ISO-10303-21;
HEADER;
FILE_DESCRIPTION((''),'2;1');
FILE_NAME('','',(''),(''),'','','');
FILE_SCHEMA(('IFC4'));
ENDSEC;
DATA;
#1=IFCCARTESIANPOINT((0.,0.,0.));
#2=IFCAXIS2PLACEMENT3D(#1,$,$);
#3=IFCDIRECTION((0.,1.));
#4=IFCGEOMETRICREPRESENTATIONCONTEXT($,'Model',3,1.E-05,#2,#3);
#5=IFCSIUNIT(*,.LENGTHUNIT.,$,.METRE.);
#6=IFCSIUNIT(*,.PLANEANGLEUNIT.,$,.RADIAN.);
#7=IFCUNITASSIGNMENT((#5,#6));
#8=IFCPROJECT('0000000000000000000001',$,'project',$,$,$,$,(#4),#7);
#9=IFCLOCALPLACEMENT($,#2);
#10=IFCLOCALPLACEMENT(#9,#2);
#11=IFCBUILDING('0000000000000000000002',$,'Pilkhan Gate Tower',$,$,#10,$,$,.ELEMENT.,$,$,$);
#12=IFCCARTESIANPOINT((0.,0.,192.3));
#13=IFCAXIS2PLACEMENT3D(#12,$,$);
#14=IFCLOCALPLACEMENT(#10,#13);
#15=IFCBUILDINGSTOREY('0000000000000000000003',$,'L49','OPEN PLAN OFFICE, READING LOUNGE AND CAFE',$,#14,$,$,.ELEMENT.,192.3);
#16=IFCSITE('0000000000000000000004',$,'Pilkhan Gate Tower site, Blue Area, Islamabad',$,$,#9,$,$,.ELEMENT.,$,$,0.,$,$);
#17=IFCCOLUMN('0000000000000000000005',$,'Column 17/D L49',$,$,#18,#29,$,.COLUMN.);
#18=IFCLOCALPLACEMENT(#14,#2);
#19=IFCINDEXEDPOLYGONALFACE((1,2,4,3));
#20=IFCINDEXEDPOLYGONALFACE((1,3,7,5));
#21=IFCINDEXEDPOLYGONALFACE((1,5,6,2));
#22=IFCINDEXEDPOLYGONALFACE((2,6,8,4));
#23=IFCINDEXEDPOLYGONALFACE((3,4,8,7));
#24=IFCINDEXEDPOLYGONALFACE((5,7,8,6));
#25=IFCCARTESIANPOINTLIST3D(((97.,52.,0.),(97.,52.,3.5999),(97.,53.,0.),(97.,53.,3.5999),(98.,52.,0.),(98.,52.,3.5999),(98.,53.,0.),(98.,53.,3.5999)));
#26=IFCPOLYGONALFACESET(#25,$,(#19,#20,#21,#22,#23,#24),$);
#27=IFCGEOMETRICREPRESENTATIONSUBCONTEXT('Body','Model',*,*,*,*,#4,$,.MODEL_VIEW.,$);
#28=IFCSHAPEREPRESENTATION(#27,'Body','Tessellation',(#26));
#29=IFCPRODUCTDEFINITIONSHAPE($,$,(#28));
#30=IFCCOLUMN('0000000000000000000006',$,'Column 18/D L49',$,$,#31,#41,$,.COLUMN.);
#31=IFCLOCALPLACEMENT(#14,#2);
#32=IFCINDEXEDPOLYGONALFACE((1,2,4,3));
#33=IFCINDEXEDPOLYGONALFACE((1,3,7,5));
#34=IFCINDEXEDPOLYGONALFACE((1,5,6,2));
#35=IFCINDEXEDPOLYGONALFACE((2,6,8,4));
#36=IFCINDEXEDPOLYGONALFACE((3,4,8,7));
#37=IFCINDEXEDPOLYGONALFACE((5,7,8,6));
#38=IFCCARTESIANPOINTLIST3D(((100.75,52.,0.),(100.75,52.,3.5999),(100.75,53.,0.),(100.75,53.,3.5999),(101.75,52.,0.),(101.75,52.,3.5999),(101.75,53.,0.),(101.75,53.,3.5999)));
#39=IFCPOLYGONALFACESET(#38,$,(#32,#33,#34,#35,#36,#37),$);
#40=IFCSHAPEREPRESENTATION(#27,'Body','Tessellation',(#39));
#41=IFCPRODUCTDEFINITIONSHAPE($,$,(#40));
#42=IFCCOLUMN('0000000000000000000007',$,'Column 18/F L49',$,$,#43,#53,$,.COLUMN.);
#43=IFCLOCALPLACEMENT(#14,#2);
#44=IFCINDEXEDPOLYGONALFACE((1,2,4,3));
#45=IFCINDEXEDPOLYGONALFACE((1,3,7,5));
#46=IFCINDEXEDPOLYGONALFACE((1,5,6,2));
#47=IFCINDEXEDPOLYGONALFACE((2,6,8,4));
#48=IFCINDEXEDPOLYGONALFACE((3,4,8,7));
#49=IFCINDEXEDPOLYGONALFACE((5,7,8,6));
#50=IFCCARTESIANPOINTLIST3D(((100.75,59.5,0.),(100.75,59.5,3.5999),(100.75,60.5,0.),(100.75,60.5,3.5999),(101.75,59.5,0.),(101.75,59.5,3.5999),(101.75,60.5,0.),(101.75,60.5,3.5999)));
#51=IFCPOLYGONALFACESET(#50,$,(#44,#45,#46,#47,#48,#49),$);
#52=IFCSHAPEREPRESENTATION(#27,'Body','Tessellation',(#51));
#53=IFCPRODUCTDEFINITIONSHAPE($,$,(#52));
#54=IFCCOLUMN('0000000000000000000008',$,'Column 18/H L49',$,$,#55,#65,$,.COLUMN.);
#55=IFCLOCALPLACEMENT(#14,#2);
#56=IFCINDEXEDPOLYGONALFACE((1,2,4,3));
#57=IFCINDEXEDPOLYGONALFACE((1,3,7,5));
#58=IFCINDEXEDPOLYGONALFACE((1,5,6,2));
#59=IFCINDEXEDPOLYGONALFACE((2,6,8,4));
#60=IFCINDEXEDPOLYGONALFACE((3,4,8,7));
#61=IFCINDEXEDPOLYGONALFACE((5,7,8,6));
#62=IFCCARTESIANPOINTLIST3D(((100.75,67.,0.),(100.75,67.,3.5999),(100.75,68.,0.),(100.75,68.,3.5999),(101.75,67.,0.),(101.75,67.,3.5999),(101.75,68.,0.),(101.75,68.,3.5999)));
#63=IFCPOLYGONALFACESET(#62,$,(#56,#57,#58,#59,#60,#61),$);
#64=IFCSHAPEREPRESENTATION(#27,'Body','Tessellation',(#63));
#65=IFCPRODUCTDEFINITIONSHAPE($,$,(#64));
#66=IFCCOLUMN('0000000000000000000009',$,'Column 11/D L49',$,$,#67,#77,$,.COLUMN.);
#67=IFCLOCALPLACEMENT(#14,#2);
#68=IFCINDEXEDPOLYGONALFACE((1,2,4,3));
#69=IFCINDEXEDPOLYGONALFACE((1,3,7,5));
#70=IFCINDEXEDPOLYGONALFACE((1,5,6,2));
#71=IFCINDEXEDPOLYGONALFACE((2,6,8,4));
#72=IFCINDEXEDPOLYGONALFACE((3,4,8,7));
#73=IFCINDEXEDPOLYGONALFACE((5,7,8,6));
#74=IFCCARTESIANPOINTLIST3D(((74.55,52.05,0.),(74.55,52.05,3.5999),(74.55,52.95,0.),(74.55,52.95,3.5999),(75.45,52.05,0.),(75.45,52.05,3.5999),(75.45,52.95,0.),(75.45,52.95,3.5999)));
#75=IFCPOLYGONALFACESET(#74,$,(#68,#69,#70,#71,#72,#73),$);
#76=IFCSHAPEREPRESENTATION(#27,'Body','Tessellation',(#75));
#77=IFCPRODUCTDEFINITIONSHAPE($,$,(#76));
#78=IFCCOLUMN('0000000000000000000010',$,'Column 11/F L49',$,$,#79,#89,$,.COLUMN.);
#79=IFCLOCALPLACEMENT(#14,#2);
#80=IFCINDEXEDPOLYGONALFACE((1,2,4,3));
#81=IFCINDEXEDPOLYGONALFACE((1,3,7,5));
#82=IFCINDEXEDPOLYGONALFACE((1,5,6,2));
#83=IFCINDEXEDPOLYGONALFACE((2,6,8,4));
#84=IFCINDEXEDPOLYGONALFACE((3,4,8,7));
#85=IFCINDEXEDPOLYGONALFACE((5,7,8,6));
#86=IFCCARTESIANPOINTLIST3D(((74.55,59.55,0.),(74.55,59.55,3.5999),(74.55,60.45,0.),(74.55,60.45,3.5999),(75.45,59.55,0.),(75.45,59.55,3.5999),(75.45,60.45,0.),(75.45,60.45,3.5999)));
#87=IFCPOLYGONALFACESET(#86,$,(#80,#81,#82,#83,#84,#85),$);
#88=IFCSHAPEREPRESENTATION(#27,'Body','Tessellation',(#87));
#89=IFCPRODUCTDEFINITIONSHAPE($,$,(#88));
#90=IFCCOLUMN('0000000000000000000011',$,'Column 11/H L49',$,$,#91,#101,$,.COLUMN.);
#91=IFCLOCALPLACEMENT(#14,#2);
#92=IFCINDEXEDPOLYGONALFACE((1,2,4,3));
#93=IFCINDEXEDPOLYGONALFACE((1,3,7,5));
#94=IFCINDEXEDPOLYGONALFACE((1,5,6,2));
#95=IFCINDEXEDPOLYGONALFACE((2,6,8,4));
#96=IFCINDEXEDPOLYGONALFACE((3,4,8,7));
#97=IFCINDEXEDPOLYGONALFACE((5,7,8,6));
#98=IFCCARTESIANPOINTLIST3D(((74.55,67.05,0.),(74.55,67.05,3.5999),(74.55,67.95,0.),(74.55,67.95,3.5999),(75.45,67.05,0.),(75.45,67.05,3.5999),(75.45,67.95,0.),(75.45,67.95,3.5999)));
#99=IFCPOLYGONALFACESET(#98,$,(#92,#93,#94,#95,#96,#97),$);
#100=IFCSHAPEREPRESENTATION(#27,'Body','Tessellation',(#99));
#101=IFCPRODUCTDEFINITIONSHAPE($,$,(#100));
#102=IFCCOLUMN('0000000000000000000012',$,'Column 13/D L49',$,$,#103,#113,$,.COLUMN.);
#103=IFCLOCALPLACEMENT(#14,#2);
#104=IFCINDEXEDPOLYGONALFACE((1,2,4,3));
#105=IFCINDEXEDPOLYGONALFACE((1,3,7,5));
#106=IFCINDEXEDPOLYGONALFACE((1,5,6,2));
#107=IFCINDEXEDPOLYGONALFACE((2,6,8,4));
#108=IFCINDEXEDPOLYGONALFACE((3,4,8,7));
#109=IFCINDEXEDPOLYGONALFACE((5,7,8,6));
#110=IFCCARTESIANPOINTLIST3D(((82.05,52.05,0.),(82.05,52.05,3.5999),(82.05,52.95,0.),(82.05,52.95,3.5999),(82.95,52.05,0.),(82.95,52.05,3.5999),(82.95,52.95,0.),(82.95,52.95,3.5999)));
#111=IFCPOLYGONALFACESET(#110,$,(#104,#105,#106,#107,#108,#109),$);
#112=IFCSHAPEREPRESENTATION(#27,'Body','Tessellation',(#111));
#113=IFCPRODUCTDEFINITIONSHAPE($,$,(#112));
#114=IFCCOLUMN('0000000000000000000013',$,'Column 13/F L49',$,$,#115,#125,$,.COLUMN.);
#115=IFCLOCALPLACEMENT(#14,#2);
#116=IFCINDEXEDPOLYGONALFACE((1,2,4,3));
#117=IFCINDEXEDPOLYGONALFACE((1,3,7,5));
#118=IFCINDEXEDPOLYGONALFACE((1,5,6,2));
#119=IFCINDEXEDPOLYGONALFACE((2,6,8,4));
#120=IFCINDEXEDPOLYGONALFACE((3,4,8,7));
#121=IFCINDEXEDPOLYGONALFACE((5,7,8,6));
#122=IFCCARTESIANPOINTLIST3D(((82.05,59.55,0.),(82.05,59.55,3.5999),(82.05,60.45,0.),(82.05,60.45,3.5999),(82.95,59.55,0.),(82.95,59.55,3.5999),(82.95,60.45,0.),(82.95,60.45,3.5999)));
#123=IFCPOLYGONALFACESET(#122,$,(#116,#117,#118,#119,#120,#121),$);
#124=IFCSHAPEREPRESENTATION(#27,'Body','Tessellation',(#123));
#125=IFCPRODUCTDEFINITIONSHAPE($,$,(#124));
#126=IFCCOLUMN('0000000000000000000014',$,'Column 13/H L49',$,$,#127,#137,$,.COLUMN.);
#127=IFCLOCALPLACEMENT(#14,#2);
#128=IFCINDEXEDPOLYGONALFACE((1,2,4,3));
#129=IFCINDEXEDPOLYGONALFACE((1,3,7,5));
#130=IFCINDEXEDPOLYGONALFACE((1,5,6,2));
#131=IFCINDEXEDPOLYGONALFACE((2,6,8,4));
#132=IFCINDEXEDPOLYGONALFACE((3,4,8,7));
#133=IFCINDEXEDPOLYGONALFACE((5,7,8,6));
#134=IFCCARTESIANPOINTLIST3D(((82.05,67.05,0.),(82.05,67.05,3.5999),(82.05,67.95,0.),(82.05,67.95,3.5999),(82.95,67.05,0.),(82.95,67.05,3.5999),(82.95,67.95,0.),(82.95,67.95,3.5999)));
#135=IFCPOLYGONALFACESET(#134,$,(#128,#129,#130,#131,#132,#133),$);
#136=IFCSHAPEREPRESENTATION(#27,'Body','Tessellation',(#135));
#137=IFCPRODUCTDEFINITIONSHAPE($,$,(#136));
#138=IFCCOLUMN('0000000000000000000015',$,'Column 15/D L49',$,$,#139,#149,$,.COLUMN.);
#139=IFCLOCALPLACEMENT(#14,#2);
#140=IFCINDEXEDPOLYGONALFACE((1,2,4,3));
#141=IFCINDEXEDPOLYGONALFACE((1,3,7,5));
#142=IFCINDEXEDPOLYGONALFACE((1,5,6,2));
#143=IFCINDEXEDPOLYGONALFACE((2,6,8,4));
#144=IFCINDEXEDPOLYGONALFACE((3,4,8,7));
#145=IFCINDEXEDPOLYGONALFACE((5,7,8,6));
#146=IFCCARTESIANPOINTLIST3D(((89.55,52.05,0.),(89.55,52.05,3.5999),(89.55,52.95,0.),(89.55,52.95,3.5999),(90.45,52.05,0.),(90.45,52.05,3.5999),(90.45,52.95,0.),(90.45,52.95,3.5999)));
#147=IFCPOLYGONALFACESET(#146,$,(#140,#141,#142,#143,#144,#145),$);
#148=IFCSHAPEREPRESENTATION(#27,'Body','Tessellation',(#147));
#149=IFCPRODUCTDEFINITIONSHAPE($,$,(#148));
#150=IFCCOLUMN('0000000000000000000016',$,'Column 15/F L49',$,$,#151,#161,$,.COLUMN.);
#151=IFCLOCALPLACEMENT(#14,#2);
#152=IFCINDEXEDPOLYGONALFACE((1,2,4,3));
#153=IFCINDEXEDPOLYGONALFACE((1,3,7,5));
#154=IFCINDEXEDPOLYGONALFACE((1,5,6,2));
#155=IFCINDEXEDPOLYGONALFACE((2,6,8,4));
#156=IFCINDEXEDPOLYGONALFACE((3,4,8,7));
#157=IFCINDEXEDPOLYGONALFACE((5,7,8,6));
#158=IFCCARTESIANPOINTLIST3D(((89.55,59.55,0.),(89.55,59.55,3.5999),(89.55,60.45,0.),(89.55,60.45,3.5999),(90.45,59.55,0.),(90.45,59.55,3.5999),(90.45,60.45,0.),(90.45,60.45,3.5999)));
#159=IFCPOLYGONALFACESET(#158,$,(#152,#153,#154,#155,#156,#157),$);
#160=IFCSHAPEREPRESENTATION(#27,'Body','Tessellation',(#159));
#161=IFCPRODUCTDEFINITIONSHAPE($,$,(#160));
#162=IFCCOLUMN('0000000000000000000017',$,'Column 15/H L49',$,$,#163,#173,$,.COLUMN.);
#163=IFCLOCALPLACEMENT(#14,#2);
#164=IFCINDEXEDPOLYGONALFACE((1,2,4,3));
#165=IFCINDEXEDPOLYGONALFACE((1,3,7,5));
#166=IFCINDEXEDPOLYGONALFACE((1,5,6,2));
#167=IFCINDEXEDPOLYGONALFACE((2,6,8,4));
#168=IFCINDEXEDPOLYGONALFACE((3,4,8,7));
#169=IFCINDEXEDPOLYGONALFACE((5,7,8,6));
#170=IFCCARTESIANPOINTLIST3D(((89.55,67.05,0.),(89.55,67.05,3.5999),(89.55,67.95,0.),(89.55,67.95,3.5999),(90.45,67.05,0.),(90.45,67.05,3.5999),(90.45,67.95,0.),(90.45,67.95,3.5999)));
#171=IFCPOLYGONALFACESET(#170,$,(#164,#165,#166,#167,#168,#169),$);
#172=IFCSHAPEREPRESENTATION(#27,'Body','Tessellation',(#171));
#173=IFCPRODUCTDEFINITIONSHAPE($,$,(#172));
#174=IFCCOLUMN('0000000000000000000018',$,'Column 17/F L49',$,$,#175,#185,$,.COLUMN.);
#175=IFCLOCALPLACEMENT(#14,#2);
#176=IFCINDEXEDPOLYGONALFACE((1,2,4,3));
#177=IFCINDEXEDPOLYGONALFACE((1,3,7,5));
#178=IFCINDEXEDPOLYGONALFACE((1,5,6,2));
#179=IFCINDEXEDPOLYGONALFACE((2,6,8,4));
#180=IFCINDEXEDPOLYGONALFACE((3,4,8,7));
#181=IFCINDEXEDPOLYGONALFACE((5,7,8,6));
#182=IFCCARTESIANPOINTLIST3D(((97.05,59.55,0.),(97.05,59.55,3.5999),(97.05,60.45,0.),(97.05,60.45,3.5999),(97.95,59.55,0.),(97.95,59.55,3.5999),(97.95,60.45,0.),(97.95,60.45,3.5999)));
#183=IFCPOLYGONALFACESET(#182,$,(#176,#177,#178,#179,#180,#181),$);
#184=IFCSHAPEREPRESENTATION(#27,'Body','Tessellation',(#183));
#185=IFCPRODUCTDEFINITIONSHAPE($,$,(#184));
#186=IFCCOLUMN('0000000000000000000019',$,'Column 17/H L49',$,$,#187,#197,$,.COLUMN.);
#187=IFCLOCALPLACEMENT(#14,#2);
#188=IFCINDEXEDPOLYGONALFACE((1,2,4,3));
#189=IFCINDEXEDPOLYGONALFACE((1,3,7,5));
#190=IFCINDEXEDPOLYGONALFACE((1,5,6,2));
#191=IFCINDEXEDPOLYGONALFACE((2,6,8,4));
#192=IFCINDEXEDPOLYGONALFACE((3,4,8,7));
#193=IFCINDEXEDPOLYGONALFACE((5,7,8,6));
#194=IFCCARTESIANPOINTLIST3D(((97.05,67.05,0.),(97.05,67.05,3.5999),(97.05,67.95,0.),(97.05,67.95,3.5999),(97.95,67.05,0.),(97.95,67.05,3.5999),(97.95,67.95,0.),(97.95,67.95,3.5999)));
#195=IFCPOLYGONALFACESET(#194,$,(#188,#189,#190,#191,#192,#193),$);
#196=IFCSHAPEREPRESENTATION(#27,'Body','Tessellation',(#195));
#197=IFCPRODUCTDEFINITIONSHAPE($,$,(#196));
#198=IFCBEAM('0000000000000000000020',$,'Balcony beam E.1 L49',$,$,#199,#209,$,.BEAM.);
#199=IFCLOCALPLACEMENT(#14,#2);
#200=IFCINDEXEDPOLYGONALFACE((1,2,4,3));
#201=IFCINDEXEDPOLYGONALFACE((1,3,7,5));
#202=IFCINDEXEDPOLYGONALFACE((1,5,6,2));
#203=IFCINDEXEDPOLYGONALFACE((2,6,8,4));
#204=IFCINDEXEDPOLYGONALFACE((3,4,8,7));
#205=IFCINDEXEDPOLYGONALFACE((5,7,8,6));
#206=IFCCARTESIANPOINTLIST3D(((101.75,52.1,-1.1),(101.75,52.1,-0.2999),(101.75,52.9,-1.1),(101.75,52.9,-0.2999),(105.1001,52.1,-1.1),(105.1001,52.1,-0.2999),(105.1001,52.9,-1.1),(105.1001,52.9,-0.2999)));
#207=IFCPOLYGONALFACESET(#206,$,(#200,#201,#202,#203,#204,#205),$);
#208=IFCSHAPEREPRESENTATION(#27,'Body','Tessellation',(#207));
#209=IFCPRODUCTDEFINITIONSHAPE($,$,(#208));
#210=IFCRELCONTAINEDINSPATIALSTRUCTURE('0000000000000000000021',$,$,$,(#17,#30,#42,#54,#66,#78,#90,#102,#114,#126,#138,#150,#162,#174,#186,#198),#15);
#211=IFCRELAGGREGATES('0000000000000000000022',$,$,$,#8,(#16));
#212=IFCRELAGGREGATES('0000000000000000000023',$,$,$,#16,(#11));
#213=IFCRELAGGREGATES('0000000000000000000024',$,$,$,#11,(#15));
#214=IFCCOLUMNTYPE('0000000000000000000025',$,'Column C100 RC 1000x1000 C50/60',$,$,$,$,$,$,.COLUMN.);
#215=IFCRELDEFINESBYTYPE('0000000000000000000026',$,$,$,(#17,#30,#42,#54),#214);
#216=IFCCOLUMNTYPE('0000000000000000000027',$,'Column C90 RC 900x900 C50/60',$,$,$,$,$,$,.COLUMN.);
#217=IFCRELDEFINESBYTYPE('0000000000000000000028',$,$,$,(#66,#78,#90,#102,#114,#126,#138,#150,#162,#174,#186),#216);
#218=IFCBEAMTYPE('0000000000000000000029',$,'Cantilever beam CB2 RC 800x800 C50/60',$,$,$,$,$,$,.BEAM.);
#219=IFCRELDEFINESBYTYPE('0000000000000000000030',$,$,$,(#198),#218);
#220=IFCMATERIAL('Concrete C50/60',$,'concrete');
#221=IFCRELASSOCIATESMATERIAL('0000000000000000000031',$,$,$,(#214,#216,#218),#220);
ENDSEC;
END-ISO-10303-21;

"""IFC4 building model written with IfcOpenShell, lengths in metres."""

from ifc_helpers import new_model, si_unit, direction, frame, origin, origin_2d, place, context, subcontext, project, spatial, rectangle, extrude, material, material_profile, profile_set, type_object, element, save


model = new_model("IFC4")

# Units and contexts
model_context = context("Model", 3, precision=1e-05, world=origin(), true_north=direction((0.0, 1.0)))
body_context = subcontext(model_context, "Body", "Model", "MODEL_VIEW")
ifc_project = project(units=[si_unit("LENGTHUNIT", "METRE"), si_unit("PLANEANGLEUNIT", "RADIAN")], contexts=[model_context])

# Site, building, storey
site_placement = place(None, origin())
site = spatial("IfcSite", under=ifc_project, at=site_placement, Name="Pilkhan Gate Tower site, Blue Area, Islamabad", CompositionType="ELEMENT", RefElevation=0.0)
building_placement = place(site_placement, origin())
building = spatial("IfcBuilding", under=site, at=building_placement, Name="Pilkhan Gate Tower", CompositionType="ELEMENT")
storey_placement = place(building_placement, frame((0.0, 0.0, 192.3)))
storey = spatial("IfcBuildingStorey", under=building, at=storey_placement, Name="L49", Description="OPEN PLAN OFFICE, READING LOUNGE AND CAFE", CompositionType="ELEMENT", Elevation=192.3)

# Columns
ifc_material_1 = material(Name="Concrete C50/60", Category="concrete")
ifc_material_profile_1 = material_profile(ifc_material_1, rectangle(XDim=1.0, YDim=1.0, at=origin_2d()), Name="RC 1000x1000")
ifc_profile_set_1 = profile_set([ifc_material_profile_1], Name="Concrete C50/60")
column_type_1 = type_object("IfcColumnType", Name="Column C100 RC 1000x1000 C50/60", PredefinedType="COLUMN", material=ifc_profile_set_1)
for number, where, z_axis, x_axis, name in (
    (1, (97.5, 52.5, 0.0), (0.0, 0.0, 1.0), (1.0, 0.0, 0.0), "Column 17/D L49"),
    (2, (101.25, 52.5, 0.0), (0.0, 0.0, 1.0), (1.0, 0.0, 0.0), "Column 18/D L49"),
    (3, (101.25, 60.0, 0.0), (0.0, 0.0, 1.0), (1.0, 0.0, 0.0), "Column 18/F L49"),
    (4, (101.25, 67.5, 0.0), (0.0, 0.0, 1.0), (1.0, 0.0, 0.0), "Column 18/H L49"),
):
    element("IfcColumn", number, at=place(storey_placement, frame(where, z_axis=z_axis, x_axis=x_axis)), inside=storey, type_object=column_type_1, Name=name, PredefinedType="COLUMN", context=body_context, shape_type="SweptSolid", body=[
        extrude(rectangle(XDim=1.0, YDim=1.0, at=origin_2d()), origin(), (0.0, 0.0, 1.0), 3.5999),
    ])
ifc_material_profile_2 = material_profile(ifc_material_1, rectangle(XDim=0.8999, YDim=0.8999, at=origin_2d()), Name="RC 900x900")
ifc_profile_set_2 = profile_set([ifc_material_profile_2], Name="Concrete C50/60")
column_type_2 = type_object("IfcColumnType", Name="Column C90 RC 900x900 C50/60", PredefinedType="COLUMN", material=ifc_profile_set_2)
for number, where, z_axis, x_axis, name in (
    (5, (75.0, 52.5, 0.0), (0.0, 0.0, 1.0), (1.0, 0.0, 0.0), "Column 11/D L49"),
    (6, (75.0, 60.0, 0.0), (0.0, 0.0, 1.0), (1.0, 0.0, 0.0), "Column 11/F L49"),
    (7, (75.0, 67.5, 0.0), (0.0, 0.0, 1.0), (1.0, 0.0, 0.0), "Column 11/H L49"),
    (8, (82.5, 52.5, 0.0), (0.0, 0.0, 1.0), (1.0, 0.0, 0.0), "Column 13/D L49"),
    (9, (82.5, 60.0, 0.0), (0.0, 0.0, 1.0), (1.0, 0.0, 0.0), "Column 13/F L49"),
    (10, (82.5, 67.5, 0.0), (0.0, 0.0, 1.0), (1.0, 0.0, 0.0), "Column 13/H L49"),
    (11, (90.0, 52.5, 0.0), (0.0, 0.0, 1.0), (1.0, 0.0, 0.0), "Column 15/D L49"),
    (12, (90.0, 60.0, 0.0), (0.0, 0.0, 1.0), (1.0, 0.0, 0.0), "Column 15/F L49"),
    (13, (90.0, 67.5, 0.0), (0.0, 0.0, 1.0), (1.0, 0.0, 0.0), "Column 15/H L49"),
    (14, (97.5, 60.0, 0.0), (0.0, 0.0, 1.0), (1.0, 0.0, 0.0), "Column 17/F L49"),
    (15, (97.5, 67.5, 0.0), (0.0, 0.0, 1.0), (1.0, 0.0, 0.0), "Column 17/H L49"),
):
    element("IfcColumn", number, at=place(storey_placement, frame(where, z_axis=z_axis, x_axis=x_axis)), inside=storey, type_object=column_type_2, Name=name, PredefinedType="COLUMN", context=body_context, shape_type="SweptSolid", body=[
        extrude(rectangle(XDim=0.8999, YDim=0.8999, at=origin_2d()), origin(), (0.0, 0.0, 1.0), 3.5999),
    ])

# Beam
ifc_material_profile_3 = material_profile(ifc_material_1, rectangle(XDim=0.8, YDim=0.8, at=origin_2d()), Name="RC 800x800")
ifc_profile_set_3 = profile_set([ifc_material_profile_3], Name="Concrete C50/60")
beam_type = type_object("IfcBeamType", Name="Cantilever beam CB2 RC 800x800 C50/60", PredefinedType="BEAM", material=ifc_profile_set_3)
beam_placement = place(storey_placement, frame((101.75, 52.5, -0.7), z_axis=(1.0, 0.0, 0.0), x_axis=(0.0, 1.0, 0.0)))
element("IfcBeam", 16, at=beam_placement, inside=storey, type_object=beam_type, Name="Balcony beam E.1 L49", PredefinedType="BEAM", context=body_context, shape_type="SweptSolid", body=[
    extrude(rectangle(XDim=0.8, YDim=0.8, at=origin_2d()), origin(), (0.0, 0.0, 1.0), 3.3501),
])

save(model, "model.ifc")
